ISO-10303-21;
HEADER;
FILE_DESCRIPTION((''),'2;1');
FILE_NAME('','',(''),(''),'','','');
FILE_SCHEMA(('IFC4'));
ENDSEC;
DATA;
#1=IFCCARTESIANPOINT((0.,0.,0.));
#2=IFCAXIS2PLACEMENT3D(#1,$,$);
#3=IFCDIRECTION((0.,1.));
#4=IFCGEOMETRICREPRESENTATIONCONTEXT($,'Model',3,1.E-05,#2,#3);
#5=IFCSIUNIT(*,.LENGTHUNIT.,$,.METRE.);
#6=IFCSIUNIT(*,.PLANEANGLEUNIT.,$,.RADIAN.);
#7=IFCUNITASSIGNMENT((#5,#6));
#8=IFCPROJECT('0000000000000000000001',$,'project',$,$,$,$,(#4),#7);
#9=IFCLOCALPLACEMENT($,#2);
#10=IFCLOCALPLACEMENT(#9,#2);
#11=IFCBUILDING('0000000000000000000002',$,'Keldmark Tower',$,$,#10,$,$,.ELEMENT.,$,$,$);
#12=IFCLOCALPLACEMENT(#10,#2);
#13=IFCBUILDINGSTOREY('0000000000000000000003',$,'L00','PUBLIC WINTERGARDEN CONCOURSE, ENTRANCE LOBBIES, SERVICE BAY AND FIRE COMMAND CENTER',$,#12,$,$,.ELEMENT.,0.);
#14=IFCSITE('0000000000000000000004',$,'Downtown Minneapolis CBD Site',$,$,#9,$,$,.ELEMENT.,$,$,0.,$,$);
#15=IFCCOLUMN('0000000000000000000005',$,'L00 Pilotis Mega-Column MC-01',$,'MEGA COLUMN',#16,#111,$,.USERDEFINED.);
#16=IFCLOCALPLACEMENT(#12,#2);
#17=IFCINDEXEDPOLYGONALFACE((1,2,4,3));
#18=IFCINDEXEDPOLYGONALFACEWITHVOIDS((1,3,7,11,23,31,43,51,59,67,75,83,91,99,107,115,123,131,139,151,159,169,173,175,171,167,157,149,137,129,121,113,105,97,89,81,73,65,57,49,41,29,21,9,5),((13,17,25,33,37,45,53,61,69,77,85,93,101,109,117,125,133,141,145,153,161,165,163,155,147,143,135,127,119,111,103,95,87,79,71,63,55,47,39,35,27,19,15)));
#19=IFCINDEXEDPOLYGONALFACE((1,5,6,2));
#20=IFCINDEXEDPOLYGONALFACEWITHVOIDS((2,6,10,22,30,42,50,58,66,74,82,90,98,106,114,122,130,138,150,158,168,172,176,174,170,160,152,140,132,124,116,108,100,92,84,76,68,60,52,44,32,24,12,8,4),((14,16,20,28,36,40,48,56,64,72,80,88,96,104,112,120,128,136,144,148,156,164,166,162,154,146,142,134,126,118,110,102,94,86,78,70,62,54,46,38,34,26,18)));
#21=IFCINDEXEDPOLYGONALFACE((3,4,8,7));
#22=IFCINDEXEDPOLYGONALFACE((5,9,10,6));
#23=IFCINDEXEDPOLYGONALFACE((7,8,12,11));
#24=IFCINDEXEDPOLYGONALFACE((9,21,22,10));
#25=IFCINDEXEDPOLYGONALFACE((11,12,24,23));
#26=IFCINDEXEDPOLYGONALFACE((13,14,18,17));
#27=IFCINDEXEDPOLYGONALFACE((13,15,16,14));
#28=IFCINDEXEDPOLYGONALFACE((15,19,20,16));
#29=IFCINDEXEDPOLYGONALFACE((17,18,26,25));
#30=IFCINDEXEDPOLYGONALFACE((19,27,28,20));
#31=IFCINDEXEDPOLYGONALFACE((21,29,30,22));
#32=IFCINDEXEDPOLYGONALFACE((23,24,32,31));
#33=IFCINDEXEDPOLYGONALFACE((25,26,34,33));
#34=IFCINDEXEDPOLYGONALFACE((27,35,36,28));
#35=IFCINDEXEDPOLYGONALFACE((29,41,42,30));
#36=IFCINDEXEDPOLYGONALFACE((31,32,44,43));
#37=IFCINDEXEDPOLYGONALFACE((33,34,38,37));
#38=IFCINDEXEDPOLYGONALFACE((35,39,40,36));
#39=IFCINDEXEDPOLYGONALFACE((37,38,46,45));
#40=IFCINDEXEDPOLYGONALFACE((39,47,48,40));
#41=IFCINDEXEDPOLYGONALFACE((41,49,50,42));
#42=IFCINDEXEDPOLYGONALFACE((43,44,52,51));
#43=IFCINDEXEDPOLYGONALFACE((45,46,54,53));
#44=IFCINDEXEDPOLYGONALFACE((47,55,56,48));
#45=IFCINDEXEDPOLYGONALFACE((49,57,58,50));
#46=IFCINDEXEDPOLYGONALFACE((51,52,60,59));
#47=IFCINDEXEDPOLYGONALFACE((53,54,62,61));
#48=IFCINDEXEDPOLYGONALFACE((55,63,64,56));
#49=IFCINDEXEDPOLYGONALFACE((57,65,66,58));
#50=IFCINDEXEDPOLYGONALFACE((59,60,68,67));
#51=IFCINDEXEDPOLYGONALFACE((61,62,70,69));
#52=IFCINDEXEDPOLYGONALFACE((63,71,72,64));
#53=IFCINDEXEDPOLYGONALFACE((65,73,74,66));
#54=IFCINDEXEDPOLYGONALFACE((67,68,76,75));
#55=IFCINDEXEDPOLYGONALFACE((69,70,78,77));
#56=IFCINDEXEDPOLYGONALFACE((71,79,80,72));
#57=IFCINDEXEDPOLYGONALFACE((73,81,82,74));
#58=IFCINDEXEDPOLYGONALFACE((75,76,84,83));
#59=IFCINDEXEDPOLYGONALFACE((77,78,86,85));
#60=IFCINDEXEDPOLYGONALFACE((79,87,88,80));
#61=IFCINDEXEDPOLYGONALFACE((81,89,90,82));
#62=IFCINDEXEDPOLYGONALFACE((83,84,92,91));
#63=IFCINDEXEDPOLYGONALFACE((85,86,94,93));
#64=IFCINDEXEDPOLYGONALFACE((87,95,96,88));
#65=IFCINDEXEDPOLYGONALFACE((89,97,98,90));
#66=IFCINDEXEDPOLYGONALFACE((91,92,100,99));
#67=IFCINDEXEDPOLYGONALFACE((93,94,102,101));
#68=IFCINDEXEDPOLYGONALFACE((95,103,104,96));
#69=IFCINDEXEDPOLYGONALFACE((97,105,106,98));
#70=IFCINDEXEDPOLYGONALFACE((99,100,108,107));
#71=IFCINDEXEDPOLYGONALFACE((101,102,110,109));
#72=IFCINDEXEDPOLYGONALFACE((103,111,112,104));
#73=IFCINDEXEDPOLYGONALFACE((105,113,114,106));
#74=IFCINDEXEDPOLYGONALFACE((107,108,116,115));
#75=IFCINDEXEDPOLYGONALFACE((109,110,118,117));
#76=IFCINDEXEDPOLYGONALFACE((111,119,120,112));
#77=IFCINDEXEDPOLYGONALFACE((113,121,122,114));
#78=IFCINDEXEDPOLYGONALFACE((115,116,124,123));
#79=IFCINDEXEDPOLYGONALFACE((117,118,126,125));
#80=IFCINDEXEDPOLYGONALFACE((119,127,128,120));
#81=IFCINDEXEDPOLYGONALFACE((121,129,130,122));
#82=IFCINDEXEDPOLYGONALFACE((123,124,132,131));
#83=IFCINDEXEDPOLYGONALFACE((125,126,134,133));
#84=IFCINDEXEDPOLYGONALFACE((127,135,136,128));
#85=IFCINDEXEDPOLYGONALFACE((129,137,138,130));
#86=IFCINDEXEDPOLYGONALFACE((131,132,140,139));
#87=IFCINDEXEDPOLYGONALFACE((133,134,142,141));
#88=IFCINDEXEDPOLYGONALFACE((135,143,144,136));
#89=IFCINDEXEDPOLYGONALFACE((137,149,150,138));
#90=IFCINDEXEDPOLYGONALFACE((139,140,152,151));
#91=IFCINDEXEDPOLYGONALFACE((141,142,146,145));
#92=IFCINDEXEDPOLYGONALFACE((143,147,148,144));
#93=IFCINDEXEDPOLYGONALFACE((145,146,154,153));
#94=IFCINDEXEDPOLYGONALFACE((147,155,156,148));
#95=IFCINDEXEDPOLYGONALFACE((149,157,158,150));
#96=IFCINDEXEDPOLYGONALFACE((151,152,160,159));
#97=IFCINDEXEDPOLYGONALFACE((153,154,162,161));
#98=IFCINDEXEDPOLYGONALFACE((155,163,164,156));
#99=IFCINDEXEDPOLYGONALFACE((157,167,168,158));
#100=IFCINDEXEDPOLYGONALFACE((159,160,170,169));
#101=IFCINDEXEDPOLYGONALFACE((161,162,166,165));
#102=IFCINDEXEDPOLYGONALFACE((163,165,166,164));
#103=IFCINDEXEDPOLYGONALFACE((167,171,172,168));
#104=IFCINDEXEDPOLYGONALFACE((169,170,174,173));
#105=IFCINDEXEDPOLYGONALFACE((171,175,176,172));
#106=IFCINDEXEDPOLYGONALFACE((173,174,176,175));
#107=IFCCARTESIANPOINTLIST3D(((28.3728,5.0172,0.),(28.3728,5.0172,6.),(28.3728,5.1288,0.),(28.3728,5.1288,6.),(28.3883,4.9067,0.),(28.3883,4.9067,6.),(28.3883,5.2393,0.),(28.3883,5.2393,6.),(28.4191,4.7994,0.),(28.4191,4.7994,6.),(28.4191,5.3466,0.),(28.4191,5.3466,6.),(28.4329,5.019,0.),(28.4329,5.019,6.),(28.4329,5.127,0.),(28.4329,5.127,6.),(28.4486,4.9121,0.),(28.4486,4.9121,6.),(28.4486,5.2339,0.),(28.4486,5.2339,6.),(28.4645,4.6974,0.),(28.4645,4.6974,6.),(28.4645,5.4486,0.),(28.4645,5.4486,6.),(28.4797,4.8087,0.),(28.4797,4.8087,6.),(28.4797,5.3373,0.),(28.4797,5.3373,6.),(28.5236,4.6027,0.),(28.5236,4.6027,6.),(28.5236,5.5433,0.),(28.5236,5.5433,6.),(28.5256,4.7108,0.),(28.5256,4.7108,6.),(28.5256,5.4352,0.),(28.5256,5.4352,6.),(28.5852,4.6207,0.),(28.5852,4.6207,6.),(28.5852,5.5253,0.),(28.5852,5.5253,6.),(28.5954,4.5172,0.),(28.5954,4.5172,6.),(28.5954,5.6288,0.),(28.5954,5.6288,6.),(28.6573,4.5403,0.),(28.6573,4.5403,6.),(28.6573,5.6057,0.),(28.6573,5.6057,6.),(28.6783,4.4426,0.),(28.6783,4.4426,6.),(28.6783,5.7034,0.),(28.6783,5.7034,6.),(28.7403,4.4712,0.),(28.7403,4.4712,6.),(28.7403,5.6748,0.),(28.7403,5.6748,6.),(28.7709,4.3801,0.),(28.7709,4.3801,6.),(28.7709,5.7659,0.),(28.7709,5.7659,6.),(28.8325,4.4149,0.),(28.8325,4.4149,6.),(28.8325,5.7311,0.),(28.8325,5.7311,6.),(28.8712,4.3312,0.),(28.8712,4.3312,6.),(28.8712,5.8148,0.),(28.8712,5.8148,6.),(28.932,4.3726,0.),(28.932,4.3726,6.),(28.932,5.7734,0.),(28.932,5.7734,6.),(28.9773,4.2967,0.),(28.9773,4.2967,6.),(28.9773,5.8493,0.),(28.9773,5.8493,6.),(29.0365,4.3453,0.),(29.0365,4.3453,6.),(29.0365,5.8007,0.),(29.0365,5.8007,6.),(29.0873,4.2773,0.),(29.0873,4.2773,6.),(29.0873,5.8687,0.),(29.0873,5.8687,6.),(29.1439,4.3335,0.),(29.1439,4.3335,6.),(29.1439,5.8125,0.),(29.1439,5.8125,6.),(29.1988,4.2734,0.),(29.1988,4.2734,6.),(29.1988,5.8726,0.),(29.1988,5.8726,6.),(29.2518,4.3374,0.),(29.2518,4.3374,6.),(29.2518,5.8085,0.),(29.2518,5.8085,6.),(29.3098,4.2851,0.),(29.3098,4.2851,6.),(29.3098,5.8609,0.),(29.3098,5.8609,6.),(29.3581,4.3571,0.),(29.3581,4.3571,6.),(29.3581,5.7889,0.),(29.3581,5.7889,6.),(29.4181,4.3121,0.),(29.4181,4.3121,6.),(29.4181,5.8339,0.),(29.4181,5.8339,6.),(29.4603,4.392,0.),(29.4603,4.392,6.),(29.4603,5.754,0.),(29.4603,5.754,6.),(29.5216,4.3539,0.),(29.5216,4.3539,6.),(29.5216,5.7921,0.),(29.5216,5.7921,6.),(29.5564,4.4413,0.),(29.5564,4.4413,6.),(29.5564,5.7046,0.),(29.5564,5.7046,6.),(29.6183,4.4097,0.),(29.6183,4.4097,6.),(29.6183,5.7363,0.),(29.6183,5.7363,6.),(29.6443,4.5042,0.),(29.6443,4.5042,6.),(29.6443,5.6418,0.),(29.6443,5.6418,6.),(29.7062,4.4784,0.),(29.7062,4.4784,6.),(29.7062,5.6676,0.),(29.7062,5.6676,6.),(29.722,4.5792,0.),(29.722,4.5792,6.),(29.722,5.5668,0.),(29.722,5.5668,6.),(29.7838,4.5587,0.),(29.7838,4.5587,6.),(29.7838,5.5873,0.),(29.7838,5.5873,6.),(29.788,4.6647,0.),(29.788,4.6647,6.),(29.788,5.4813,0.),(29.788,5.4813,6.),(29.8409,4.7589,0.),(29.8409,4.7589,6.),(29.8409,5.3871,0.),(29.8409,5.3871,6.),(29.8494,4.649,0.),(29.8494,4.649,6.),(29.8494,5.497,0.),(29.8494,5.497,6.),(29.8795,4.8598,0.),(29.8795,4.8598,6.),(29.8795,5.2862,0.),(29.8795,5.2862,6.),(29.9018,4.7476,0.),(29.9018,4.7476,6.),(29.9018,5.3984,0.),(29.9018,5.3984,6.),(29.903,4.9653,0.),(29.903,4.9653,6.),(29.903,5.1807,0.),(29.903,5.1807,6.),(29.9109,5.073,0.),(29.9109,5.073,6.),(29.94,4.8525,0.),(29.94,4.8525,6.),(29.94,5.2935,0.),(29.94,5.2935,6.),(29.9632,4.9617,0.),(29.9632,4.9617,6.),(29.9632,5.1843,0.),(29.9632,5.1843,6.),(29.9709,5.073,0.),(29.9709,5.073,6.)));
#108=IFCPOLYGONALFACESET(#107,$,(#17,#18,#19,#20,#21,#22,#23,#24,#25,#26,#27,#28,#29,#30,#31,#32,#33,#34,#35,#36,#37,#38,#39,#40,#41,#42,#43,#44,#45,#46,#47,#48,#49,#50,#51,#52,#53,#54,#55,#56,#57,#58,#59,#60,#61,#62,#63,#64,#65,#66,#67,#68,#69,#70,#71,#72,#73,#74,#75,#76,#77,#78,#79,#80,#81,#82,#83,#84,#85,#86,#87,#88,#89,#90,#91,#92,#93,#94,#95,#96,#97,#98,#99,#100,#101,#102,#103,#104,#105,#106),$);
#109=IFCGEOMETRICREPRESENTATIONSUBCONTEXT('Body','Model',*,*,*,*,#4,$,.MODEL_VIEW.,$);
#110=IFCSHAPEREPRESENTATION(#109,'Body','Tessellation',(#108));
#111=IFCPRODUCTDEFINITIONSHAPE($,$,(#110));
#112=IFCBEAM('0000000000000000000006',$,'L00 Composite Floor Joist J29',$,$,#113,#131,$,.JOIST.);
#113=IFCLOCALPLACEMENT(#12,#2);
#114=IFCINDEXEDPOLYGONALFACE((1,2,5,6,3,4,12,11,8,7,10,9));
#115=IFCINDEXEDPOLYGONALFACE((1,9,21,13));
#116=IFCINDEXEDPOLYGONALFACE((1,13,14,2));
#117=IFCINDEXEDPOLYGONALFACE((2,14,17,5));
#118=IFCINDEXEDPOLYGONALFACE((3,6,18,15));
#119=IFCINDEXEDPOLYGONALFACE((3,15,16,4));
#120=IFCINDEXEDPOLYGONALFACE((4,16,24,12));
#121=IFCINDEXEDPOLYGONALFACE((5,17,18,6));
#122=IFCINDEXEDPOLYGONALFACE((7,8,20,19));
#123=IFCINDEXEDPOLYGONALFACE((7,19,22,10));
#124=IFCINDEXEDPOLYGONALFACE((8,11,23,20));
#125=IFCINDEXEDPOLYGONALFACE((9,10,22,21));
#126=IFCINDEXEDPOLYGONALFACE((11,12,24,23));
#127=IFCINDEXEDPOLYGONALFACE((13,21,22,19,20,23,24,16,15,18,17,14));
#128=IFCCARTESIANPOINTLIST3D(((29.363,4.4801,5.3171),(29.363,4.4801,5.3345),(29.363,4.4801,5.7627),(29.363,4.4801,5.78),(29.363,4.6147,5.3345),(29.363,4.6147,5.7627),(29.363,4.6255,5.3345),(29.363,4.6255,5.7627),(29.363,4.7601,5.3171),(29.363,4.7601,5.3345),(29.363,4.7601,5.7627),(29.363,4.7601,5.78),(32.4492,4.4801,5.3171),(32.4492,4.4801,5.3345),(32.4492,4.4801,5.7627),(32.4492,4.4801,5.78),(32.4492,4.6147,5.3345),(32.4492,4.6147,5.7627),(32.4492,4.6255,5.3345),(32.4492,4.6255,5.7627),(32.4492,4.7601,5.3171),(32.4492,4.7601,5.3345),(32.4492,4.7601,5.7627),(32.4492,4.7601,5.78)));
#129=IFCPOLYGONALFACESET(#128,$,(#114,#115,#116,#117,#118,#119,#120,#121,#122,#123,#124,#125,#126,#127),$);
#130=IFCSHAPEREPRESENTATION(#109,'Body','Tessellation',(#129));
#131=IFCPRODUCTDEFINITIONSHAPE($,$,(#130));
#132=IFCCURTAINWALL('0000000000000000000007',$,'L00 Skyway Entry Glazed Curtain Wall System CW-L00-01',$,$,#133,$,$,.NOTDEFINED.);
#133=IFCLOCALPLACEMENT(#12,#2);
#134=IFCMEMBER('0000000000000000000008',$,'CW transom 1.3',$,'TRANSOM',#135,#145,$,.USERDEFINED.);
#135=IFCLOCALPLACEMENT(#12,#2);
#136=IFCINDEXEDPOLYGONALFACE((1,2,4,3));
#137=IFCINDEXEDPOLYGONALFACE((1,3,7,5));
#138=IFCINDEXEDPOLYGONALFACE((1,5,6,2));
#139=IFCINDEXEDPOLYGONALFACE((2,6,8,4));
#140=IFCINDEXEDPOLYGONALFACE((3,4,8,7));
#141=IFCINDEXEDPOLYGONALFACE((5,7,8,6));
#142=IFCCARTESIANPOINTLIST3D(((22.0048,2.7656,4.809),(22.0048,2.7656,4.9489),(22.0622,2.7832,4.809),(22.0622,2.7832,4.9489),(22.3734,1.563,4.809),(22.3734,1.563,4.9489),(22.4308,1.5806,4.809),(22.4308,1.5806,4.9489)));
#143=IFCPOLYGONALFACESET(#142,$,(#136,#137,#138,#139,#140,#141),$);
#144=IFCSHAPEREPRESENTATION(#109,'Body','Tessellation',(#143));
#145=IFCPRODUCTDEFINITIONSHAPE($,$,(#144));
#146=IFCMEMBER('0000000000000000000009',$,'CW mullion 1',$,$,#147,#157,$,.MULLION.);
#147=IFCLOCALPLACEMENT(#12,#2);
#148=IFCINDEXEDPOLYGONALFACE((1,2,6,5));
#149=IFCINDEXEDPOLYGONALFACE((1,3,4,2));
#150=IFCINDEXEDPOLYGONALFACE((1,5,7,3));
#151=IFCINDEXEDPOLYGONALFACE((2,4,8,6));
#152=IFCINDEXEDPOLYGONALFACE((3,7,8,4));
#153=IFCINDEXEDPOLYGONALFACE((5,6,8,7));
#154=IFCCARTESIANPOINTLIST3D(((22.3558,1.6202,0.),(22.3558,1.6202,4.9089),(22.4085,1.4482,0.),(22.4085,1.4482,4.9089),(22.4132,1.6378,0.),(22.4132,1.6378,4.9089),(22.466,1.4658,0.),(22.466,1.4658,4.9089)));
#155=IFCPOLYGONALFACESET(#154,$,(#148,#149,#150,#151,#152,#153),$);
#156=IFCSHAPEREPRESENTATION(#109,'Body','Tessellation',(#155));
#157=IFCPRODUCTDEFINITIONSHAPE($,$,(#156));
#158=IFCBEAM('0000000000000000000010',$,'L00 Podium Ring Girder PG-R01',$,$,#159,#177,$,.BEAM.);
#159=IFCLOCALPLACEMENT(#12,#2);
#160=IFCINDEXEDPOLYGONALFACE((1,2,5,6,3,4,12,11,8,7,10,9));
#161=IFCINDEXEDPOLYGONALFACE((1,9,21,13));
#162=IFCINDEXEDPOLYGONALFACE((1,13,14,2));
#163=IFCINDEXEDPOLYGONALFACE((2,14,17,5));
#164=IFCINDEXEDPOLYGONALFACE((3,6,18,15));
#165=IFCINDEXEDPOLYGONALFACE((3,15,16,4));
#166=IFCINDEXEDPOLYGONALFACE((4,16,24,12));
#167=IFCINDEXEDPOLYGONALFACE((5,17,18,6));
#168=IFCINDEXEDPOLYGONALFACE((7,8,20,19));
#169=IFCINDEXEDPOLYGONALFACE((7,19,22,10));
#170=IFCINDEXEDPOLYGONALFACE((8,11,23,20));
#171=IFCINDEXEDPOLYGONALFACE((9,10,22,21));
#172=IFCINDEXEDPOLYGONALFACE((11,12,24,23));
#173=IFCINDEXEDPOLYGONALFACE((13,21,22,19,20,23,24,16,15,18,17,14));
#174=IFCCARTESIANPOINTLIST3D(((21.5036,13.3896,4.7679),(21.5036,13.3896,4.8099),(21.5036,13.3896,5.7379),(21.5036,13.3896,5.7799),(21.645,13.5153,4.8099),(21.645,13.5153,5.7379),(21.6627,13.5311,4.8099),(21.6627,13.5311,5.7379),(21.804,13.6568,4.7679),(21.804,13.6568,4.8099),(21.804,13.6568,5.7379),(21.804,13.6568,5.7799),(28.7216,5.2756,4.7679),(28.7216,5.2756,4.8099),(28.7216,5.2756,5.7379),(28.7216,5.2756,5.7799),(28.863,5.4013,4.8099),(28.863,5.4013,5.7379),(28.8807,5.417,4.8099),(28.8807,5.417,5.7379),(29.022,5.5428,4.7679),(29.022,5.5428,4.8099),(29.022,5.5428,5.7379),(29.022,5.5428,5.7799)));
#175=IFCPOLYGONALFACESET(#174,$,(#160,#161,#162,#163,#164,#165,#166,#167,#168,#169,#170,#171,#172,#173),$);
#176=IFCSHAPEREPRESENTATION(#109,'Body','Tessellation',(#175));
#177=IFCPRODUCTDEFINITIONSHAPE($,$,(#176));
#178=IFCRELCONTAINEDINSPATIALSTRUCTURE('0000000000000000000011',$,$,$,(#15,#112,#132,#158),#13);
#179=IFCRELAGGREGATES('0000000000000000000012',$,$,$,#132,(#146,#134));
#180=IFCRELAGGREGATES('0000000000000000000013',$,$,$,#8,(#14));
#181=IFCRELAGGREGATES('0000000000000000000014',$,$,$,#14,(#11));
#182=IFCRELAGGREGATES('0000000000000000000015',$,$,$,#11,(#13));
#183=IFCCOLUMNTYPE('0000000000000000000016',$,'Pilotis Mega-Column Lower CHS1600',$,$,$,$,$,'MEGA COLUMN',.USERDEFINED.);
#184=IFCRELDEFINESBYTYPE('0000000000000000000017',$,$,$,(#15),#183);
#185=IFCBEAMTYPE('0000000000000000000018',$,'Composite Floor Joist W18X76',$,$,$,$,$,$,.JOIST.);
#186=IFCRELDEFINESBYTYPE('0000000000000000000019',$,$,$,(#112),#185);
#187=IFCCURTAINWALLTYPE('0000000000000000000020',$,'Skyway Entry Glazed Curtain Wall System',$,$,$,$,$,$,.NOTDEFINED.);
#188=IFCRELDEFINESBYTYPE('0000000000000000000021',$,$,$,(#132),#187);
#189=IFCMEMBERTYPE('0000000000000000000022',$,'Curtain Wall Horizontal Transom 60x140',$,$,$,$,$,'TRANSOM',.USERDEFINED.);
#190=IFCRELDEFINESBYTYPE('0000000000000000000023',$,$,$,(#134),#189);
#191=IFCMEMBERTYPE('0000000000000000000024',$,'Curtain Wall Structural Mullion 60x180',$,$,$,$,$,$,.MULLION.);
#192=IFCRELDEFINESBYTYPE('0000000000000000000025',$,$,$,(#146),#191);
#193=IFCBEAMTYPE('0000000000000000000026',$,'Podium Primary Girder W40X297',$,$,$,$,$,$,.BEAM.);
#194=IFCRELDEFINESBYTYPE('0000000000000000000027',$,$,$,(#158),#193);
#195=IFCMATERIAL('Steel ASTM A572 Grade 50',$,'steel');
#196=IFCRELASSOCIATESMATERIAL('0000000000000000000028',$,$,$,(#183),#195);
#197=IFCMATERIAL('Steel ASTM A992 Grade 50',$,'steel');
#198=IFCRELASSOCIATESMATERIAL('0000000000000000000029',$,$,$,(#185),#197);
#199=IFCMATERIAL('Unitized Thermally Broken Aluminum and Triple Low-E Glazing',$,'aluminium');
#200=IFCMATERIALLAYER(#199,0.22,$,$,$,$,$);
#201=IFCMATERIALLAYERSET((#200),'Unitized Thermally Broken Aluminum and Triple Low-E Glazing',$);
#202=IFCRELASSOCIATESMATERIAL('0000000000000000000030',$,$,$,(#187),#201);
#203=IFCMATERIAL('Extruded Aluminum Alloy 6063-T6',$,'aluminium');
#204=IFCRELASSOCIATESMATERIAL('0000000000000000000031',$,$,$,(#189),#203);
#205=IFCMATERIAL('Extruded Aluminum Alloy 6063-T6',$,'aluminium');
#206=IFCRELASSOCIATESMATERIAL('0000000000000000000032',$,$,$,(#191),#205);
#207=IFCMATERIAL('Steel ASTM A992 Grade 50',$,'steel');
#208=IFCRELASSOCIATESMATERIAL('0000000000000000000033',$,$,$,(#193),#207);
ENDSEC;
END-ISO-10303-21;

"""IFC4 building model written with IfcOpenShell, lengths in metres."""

from ifc_helpers import new_model, si_unit, direction, frame, origin, origin_2d, place, context, subcontext, project, spatial, rectangle, hollow_circle, i_section, extrude, material, layer, layer_set, material_profile, profile_set, type_object, element, aggregate, save


model = new_model("IFC4")

# Units and contexts
model_context = context("Model", 3, precision=1e-05, world=origin(), true_north=direction((0.0, 1.0)))
body_context = subcontext(model_context, "Body", "Model", "MODEL_VIEW")
ifc_project = project(units=[si_unit("LENGTHUNIT", "METRE"), si_unit("PLANEANGLEUNIT", "RADIAN")], contexts=[model_context])

# Site, building, storey
site_placement = place(None, origin())
site = spatial("IfcSite", under=ifc_project, at=site_placement, Name="Downtown Minneapolis CBD Site", CompositionType="ELEMENT", RefElevation=0.0)
building_placement = place(site_placement, origin())
building = spatial("IfcBuilding", under=site, at=building_placement, Name="Keldmark Tower", CompositionType="ELEMENT")
storey_placement = place(building_placement, origin())
storey = spatial("IfcBuildingStorey", under=building, at=storey_placement, Name="L00", Description="PUBLIC WINTERGARDEN CONCOURSE, ENTRANCE LOBBIES, SERVICE BAY AND FIRE COMMAND CENTER", CompositionType="ELEMENT", Elevation=0.0)

# Column
ifc_material_1 = material(Name="Steel ASTM A572 Grade 50", Category="steel")
ifc_material_profile_1 = material_profile(ifc_material_1, hollow_circle(Radius=0.8, WallThickness=0.0601, at=origin_2d()), Name="CHS1600X60")
ifc_profile_set_1 = profile_set([ifc_material_profile_1], Name="Steel ASTM A572 Grade 50")
column_type = type_object("IfcColumnType", Name="Pilotis Mega-Column Lower CHS1600", ElementType="MEGA COLUMN", PredefinedType="USERDEFINED", material=ifc_profile_set_1)
column_placement = place(storey_placement, frame((29.1709, 5.073, 0.0), z_axis=(0.0, 0.0, 1.0), x_axis=(1.0, 0.0, 0.0)))
element("IfcColumn", 1, at=column_placement, inside=storey, type_object=column_type, Name="L00 Pilotis Mega-Column MC-01", ObjectType="MEGA COLUMN", PredefinedType="USERDEFINED", context=body_context, shape_type="SweptSolid", body=[
    extrude(hollow_circle(Radius=0.8, WallThickness=0.0601, at=origin_2d()), origin(), (0.0, 0.0, 1.0), 6.0),
])

# Beam
ifc_material_2 = material(Name="Steel ASTM A992 Grade 50", Category="steel")
ifc_material_profile_2 = material_profile(ifc_material_2, i_section(OverallWidth=0.28, OverallDepth=0.4629, WebThickness=0.0107, FlangeThickness=0.0173, at=origin_2d()), Name="W18X76")
ifc_profile_set_2 = profile_set([ifc_material_profile_2], Name="Steel ASTM A992 Grade 50")
beam_type_1 = type_object("IfcBeamType", Name="Composite Floor Joist W18X76", PredefinedType="JOIST", material=ifc_profile_set_2)
beam_1_placement = place(storey_placement, frame((29.363, 4.6201, 5.5486), z_axis=(1.0, 0.0, 0.0), x_axis=(0.0, 1.0, 0.0)))
element("IfcBeam", 2, at=beam_1_placement, inside=storey, type_object=beam_type_1, Name="L00 Composite Floor Joist J29", PredefinedType="JOIST", context=body_context, shape_type="SweptSolid", body=[
    extrude(i_section(OverallWidth=0.28, OverallDepth=0.4629, WebThickness=0.0107, FlangeThickness=0.0173, at=origin_2d()), origin(), (0.0, 0.0, 1.0), 3.0862),
])

# Curtain wall, members
ifc_material_3 = material(Name="Unitized Thermally Broken Aluminum and Triple Low-E Glazing", Category="aluminium")
ifc_layer_1 = layer(ifc_material_3, 0.22)
ifc_layer_set_1 = layer_set([ifc_layer_1], Name="Unitized Thermally Broken Aluminum and Triple Low-E Glazing")
curtain_wall_type = type_object("IfcCurtainWallType", Name="Skyway Entry Glazed Curtain Wall System", PredefinedType="NOTDEFINED", material=ifc_layer_set_1)
curtain_wall_placement = place(storey_placement, origin())
curtain_wall = element("IfcCurtainWall", 3, at=curtain_wall_placement, inside=storey, type_object=curtain_wall_type, Name="L00 Skyway Entry Glazed Curtain Wall System CW-L00-01", PredefinedType="NOTDEFINED")
ifc_material_4 = material(Name="Extruded Aluminum Alloy 6063-T6", Category="aluminium")
ifc_material_profile_3 = material_profile(ifc_material_4, rectangle(XDim=0.0601, YDim=0.1399, at=origin_2d()), Name="CWT60X140")
ifc_profile_set_3 = profile_set([ifc_material_profile_3], Name="Extruded Aluminum Alloy 6063-T6")
member_type_1 = type_object("IfcMemberType", Name="Curtain Wall Horizontal Transom 60x140", ElementType="TRANSOM", PredefinedType="USERDEFINED", material=ifc_profile_set_3)
member_1_placement = place(storey_placement, frame((22.4021, 1.5718, 4.8789), z_axis=(-0.293076, 0.956089, 0.0), x_axis=(-0.956089, -0.293076, 0.0)))
member_1 = element("IfcMember", 4, at=member_1_placement, type_object=member_type_1, Name="CW transom 1.3", ObjectType="TRANSOM", PredefinedType="USERDEFINED", context=body_context, shape_type="SweptSolid", body=[
    extrude(rectangle(XDim=0.0601, YDim=0.1399, at=origin_2d()), origin(), (0.0, 0.0, 1.0), 1.2578),
])
ifc_material_5 = material(Name="Extruded Aluminum Alloy 6063-T6", Category="aluminium")
ifc_material_profile_4 = material_profile(ifc_material_5, rectangle(XDim=0.0601, YDim=0.1799, at=origin_2d()), Name="CWM60X180")
ifc_profile_set_4 = profile_set([ifc_material_profile_4], Name="Extruded Aluminum Alloy 6063-T6")
member_type_2 = type_object("IfcMemberType", Name="Curtain Wall Structural Mullion 60x180", PredefinedType="MULLION", material=ifc_profile_set_4)
member_2_placement = place(storey_placement, frame((22.4109, 1.543, 0.0), z_axis=(0.0, 0.0, 1.0), x_axis=(-0.956106, -0.293022, 0.0)))
member_2 = element("IfcMember", 5, at=member_2_placement, type_object=member_type_2, Name="CW mullion 1", PredefinedType="MULLION", context=body_context, shape_type="SweptSolid", body=[
    extrude(rectangle(XDim=0.0601, YDim=0.1799, at=origin_2d()), origin(), (0.0, 0.0, 1.0), 4.9089),
])
aggregate(curtain_wall, [member_2, member_1])

# Beam
ifc_material_6 = material(Name="Steel ASTM A992 Grade 50", Category="steel")
ifc_material_profile_5 = material_profile(ifc_material_6, i_section(OverallWidth=0.4021, OverallDepth=1.012, WebThickness=0.0237, FlangeThickness=0.042, at=origin_2d()), Name="W40X297")
ifc_profile_set_5 = profile_set([ifc_material_profile_5], Name="Steel ASTM A992 Grade 50")
beam_type_2 = type_object("IfcBeamType", Name="Podium Primary Girder W40X297", PredefinedType="BEAM", material=ifc_profile_set_5)
beam_2_placement = place(storey_placement, frame((28.8718, 5.4092, 5.2739), z_axis=(-0.66465, 0.747155, 0.0), x_axis=(-0.747155, -0.66465, 0.0)))
element("IfcBeam", 6, at=beam_2_placement, inside=storey, type_object=beam_type_2, Name="L00 Podium Ring Girder PG-R01", PredefinedType="BEAM", context=body_context, shape_type="SweptSolid", body=[
    extrude(i_section(OverallWidth=0.4021, OverallDepth=1.012, WebThickness=0.0237, FlangeThickness=0.042, at=origin_2d()), origin(), (0.0, 0.0, 1.0), 10.8599),
])

save(model, "model.ifc")
